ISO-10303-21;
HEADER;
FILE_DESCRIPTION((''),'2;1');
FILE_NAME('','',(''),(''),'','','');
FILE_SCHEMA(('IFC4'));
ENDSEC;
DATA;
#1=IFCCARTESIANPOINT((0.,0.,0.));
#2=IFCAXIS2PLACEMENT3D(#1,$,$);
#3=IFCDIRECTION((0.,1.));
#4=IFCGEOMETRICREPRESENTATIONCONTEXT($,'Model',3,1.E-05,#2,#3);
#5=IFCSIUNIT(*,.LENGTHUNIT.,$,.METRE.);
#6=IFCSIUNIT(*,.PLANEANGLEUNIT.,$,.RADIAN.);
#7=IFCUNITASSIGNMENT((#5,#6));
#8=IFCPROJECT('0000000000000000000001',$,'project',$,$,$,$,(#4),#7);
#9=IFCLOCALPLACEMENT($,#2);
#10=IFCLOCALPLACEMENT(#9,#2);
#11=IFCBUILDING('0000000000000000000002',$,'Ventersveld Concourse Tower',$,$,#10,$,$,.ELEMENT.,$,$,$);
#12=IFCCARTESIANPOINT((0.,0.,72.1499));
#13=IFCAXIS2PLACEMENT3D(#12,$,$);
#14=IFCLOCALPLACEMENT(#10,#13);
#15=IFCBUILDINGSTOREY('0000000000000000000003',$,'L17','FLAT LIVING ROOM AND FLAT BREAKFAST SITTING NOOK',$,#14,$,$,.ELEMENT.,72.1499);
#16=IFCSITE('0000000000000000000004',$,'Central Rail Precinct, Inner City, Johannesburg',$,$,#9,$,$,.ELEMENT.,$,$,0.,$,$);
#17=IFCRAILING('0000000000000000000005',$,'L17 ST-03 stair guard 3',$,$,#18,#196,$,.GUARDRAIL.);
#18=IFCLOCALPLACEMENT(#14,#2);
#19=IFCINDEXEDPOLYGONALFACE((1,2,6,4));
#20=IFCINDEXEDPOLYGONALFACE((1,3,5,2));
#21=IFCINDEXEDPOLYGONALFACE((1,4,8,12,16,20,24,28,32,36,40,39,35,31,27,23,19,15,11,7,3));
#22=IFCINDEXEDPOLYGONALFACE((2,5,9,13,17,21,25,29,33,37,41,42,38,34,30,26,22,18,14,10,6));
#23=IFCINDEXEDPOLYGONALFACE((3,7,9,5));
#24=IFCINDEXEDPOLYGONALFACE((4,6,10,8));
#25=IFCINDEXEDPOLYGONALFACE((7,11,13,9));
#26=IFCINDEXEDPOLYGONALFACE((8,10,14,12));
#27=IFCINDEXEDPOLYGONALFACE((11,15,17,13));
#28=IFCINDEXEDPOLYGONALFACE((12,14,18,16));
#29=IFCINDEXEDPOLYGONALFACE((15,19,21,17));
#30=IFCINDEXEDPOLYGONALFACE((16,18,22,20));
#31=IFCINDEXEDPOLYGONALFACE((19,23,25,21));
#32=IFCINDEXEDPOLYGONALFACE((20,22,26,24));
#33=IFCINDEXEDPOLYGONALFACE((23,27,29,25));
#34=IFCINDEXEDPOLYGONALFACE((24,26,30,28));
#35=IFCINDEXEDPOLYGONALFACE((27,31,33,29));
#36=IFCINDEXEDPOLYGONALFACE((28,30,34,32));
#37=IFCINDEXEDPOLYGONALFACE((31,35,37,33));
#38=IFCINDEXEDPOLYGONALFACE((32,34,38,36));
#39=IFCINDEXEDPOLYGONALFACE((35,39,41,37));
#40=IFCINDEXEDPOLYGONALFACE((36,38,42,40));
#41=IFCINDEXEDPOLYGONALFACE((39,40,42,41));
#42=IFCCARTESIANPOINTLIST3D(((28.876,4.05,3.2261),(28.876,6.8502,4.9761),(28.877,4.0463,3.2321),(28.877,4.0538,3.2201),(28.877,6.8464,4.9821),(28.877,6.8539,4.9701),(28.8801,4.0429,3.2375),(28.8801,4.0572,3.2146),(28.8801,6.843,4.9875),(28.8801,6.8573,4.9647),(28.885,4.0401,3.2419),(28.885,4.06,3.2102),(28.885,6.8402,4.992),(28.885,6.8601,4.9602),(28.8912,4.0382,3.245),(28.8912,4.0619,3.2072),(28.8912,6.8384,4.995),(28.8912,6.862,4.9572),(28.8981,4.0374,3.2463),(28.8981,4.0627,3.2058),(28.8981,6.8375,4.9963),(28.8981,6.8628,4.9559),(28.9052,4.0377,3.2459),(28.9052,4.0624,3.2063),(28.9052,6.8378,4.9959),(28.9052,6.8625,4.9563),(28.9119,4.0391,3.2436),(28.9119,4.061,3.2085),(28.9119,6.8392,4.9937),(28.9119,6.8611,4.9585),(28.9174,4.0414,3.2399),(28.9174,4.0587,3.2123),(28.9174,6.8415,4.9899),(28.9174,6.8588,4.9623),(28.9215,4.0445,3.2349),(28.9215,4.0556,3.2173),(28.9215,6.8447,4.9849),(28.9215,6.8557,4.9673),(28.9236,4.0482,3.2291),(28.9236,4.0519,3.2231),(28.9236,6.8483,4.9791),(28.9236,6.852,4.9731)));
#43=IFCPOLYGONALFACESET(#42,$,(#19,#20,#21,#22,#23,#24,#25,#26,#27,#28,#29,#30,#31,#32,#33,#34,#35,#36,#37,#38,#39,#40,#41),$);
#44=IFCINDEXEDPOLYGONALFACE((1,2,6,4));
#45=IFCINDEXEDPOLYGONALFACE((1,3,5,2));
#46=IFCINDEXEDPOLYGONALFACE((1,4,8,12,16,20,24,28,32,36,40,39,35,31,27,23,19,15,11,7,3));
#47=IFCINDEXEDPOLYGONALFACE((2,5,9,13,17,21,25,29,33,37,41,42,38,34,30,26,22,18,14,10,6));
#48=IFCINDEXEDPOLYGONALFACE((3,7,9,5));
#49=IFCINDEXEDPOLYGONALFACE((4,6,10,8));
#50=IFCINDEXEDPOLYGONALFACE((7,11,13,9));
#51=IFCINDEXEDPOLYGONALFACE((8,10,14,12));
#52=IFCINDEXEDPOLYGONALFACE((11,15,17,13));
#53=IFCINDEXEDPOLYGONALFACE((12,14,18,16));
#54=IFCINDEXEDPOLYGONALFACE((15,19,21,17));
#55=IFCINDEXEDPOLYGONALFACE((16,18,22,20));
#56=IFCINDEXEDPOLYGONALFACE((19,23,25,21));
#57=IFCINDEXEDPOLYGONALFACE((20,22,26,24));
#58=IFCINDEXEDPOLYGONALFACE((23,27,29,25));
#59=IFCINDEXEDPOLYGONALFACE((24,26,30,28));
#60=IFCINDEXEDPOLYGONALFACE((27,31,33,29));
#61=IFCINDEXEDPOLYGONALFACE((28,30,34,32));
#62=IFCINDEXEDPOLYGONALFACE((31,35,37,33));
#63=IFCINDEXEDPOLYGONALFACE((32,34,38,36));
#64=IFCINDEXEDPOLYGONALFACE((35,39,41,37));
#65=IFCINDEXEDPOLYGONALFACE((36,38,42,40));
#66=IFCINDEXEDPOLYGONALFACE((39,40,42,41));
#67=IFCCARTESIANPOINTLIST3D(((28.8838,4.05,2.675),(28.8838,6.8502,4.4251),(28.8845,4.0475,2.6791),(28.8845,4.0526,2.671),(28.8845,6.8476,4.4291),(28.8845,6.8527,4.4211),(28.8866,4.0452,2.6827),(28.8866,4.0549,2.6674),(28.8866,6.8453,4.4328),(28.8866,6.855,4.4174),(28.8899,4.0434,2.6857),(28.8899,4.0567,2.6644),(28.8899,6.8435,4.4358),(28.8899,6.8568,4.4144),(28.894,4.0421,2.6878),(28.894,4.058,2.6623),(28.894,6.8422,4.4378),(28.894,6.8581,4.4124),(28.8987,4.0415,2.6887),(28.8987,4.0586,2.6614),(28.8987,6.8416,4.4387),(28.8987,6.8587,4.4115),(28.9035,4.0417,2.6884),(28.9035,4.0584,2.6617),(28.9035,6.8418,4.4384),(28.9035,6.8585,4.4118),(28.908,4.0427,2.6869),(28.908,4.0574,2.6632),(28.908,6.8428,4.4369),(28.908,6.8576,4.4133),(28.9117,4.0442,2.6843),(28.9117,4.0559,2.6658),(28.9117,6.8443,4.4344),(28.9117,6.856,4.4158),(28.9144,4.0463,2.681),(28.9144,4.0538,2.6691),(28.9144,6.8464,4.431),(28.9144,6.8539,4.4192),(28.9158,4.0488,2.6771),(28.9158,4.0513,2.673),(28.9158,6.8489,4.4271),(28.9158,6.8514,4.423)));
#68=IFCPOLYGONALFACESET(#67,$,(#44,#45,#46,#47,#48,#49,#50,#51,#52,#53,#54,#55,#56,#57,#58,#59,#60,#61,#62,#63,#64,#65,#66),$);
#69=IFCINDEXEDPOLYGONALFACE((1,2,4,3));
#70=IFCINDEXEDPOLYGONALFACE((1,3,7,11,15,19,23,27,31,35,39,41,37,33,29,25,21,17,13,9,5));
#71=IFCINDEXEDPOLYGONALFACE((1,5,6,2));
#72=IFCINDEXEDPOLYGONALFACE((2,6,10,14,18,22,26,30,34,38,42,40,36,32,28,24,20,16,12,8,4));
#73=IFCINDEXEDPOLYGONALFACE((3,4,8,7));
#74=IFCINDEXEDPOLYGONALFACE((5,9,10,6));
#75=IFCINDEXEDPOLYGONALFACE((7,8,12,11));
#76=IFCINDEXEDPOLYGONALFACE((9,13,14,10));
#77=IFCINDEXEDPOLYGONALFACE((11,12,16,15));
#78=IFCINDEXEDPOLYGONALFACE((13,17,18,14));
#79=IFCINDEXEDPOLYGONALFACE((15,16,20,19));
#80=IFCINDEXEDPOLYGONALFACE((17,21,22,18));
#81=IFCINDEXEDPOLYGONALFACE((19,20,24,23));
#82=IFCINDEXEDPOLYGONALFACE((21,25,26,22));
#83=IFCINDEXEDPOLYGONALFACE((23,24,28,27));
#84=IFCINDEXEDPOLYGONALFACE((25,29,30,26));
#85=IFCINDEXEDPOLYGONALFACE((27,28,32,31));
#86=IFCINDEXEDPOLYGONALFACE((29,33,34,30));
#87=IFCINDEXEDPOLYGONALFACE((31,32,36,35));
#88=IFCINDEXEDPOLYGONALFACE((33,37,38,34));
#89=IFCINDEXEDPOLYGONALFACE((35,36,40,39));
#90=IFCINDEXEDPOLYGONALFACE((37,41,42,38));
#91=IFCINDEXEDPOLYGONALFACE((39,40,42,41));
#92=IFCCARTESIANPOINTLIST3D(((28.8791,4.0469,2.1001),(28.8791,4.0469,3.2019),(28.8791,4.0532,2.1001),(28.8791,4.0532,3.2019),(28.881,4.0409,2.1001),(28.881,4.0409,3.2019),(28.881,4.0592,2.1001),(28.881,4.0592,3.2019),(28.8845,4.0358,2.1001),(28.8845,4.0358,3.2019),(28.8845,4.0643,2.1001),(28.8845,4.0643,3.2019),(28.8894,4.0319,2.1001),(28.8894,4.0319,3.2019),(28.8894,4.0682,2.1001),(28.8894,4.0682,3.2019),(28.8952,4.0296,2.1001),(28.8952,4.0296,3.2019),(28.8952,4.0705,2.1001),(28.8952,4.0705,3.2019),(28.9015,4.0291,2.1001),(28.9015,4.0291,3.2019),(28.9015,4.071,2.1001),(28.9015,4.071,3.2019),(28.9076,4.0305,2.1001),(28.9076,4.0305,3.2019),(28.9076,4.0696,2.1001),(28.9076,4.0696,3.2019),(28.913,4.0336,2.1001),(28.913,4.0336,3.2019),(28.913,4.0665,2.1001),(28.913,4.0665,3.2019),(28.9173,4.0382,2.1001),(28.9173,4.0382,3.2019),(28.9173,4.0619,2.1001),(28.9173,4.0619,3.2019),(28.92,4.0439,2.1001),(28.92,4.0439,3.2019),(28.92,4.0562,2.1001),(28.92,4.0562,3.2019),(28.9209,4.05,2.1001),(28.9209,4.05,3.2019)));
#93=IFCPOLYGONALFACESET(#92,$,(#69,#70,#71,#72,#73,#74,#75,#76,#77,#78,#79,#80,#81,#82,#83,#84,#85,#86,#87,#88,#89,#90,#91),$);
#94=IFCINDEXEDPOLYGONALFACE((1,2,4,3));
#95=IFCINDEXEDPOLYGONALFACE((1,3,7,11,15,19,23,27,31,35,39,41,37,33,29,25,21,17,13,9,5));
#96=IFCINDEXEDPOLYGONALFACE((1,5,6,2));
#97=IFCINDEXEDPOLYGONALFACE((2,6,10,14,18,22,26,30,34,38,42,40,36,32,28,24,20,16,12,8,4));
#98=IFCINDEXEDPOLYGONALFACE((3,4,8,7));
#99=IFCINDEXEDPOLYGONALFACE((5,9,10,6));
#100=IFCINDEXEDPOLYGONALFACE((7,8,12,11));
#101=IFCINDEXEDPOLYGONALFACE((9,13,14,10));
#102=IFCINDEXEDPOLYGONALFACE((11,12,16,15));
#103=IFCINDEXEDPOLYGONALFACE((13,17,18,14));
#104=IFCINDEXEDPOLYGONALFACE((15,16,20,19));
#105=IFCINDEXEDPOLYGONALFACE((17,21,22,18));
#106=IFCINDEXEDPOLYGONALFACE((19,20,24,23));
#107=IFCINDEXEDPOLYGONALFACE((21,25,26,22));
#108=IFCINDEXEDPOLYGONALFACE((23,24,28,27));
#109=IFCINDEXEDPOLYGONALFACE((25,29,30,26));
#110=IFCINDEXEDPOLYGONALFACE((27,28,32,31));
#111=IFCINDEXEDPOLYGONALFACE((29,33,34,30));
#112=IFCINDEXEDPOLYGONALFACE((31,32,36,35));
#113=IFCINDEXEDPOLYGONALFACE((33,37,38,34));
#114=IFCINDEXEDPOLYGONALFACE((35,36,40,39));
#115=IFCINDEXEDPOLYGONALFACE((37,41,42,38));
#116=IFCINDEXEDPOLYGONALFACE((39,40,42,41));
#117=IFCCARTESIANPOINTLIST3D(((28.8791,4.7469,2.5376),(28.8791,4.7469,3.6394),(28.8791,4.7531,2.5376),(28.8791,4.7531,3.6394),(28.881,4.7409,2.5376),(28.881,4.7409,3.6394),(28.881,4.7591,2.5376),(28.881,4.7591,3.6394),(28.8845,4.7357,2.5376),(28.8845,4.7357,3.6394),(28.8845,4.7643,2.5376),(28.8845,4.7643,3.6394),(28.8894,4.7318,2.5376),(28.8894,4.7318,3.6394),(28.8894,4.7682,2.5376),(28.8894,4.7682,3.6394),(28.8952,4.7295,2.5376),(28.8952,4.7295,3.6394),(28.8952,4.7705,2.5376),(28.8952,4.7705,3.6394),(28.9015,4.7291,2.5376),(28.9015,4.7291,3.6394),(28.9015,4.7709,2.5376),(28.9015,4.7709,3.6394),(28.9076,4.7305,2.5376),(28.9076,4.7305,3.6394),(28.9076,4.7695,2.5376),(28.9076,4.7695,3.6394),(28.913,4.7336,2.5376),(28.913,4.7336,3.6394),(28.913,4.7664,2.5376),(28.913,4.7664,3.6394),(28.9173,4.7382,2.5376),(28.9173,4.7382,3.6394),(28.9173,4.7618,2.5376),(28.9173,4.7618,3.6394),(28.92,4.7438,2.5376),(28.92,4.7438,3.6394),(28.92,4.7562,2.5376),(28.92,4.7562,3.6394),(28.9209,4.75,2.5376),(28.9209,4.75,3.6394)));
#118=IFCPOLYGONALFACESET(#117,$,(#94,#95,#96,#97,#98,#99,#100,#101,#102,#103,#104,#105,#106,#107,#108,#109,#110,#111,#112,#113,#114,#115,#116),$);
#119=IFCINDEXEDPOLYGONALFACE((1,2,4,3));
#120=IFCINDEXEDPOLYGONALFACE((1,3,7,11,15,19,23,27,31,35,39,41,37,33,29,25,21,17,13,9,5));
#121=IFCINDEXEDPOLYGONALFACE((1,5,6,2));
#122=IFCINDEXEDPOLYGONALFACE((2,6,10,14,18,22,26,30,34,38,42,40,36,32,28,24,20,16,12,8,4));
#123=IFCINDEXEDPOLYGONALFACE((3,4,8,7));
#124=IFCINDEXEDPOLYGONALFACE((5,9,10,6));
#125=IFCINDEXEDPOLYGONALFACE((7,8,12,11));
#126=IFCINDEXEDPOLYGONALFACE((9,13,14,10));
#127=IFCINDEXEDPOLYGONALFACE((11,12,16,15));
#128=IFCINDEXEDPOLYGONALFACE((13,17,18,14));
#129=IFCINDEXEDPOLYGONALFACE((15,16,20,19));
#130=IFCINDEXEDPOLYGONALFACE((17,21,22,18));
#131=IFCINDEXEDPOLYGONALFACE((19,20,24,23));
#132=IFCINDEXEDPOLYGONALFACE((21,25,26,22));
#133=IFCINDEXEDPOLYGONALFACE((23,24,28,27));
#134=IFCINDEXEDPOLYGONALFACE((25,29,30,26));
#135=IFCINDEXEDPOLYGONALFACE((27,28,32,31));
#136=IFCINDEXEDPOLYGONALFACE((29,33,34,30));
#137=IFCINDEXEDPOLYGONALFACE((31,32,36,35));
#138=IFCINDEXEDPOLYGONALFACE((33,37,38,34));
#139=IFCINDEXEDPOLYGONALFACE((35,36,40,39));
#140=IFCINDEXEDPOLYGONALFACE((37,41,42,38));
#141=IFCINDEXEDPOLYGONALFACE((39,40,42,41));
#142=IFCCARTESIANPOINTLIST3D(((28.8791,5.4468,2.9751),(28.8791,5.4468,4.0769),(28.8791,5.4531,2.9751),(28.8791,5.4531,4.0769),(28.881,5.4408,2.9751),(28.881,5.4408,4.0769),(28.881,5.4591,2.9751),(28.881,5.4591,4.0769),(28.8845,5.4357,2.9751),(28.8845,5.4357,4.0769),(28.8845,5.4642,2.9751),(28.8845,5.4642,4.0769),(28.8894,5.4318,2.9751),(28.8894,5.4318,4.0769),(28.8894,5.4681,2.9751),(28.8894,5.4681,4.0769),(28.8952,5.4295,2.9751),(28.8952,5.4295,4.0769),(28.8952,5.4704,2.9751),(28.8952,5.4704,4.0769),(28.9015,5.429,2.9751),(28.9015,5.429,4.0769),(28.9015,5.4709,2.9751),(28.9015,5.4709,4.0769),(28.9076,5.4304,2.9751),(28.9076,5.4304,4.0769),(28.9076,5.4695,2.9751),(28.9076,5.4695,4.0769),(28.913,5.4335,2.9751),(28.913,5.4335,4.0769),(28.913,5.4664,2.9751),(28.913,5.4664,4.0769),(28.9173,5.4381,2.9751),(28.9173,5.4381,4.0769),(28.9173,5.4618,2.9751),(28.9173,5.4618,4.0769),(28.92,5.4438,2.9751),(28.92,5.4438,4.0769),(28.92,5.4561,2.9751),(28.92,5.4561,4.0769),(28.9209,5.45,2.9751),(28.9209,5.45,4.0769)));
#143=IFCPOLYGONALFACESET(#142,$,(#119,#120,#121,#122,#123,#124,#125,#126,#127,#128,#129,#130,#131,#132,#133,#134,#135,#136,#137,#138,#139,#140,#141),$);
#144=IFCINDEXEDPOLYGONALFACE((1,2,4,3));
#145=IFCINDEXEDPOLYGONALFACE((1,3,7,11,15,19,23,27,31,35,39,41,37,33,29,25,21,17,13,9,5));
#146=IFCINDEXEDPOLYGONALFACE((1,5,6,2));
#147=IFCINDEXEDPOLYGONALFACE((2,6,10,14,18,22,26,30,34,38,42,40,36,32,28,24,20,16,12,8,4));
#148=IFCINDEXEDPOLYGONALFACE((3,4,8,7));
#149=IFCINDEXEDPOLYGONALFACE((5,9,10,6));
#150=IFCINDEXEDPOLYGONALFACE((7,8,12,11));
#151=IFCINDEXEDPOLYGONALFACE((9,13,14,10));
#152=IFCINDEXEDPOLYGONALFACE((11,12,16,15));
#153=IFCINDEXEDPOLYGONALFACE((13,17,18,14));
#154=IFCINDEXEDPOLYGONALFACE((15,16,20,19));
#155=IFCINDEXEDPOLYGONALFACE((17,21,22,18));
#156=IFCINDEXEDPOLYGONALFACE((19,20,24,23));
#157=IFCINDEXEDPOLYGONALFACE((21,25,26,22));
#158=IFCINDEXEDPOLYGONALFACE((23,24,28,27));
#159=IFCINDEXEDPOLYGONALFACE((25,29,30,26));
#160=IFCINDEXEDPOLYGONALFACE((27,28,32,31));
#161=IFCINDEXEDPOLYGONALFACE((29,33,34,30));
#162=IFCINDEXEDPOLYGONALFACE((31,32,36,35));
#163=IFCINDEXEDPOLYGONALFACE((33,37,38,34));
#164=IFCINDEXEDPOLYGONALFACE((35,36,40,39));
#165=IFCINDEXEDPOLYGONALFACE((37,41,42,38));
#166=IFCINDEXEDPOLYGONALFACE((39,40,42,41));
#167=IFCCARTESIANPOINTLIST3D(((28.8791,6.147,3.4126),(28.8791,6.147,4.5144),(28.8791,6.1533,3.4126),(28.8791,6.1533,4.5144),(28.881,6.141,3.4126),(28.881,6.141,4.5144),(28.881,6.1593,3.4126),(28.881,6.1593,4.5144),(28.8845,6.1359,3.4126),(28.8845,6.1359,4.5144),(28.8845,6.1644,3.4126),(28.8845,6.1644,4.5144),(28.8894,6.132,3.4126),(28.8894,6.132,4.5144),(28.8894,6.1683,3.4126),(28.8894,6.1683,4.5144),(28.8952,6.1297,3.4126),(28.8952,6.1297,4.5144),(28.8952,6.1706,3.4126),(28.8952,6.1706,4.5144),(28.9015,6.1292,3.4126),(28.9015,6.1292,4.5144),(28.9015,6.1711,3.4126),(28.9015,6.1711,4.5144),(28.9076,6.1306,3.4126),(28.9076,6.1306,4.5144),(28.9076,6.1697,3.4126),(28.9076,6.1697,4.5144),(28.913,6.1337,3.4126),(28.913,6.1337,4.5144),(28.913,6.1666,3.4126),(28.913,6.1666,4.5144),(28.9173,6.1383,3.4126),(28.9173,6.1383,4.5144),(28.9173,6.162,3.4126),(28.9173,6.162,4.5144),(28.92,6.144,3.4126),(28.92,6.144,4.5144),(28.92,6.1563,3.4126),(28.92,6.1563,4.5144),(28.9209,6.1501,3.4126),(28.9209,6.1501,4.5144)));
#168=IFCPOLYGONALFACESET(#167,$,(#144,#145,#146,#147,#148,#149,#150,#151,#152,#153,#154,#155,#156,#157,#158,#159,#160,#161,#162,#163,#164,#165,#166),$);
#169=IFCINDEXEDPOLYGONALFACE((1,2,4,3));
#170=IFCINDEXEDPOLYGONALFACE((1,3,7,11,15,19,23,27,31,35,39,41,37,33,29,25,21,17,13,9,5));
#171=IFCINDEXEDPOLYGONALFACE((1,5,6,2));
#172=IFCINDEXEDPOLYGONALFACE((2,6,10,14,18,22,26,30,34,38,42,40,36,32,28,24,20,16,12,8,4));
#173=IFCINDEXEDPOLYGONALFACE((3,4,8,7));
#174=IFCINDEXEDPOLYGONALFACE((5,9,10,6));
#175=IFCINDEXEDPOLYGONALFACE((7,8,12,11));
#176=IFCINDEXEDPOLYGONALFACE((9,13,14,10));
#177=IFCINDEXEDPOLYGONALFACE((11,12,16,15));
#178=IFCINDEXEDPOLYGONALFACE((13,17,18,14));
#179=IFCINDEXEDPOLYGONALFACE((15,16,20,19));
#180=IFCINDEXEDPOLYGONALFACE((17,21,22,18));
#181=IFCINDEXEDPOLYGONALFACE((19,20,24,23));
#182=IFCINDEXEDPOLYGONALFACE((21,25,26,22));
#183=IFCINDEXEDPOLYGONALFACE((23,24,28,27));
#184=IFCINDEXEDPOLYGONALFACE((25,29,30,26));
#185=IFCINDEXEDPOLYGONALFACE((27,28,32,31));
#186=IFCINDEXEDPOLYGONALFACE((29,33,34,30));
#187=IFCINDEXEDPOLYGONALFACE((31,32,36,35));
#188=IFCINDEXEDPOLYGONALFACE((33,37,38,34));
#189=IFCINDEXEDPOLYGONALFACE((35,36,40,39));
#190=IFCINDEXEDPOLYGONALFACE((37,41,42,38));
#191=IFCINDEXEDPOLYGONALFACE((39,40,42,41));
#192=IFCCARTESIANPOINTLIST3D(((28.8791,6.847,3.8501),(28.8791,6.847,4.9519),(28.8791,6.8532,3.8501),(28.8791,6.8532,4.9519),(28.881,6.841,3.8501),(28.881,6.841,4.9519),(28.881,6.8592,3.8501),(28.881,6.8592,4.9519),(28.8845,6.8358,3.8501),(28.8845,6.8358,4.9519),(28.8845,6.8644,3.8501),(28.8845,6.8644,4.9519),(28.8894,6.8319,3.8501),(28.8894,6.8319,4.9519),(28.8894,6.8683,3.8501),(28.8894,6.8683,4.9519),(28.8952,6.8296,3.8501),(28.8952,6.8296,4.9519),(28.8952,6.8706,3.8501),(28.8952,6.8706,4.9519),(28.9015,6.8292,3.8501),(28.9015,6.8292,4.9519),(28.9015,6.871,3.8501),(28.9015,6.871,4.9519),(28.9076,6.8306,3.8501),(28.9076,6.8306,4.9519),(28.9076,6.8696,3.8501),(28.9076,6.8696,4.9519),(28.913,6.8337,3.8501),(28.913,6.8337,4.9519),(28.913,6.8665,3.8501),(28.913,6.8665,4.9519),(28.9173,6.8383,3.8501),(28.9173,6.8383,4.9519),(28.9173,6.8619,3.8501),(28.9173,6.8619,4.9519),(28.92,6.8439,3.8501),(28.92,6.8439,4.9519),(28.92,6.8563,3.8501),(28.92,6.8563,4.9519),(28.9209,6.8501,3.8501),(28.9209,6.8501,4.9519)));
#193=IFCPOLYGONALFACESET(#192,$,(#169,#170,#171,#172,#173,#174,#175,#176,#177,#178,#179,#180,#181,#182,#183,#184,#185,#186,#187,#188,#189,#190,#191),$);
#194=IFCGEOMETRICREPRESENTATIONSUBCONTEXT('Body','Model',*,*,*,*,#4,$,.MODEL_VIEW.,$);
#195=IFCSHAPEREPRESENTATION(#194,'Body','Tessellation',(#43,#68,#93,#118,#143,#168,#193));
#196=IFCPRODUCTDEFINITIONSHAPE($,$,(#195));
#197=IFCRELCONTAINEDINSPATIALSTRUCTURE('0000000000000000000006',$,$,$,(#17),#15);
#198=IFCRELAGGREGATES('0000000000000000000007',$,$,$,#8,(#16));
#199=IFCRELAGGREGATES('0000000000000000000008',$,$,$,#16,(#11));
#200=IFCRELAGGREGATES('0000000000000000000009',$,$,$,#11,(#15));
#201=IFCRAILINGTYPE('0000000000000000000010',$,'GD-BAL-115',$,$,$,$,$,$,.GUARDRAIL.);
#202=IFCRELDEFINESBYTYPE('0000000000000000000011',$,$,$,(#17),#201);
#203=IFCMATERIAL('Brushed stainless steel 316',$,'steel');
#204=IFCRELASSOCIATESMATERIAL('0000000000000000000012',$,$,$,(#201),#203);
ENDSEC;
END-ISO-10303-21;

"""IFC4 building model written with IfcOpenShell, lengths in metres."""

from ifc_helpers import new_model, si_unit, direction, frame, origin, origin_2d, place, context, subcontext, project, spatial, circle, extrude, material, type_object, element, save


model = new_model("IFC4")

# Units and contexts
model_context = context("Model", 3, precision=1e-05, world=origin(), true_north=direction((0.0, 1.0)))
body_context = subcontext(model_context, "Body", "Model", "MODEL_VIEW")
ifc_project = project(units=[si_unit("LENGTHUNIT", "METRE"), si_unit("PLANEANGLEUNIT", "RADIAN")], contexts=[model_context])

# Site, building, storey
site_placement = place(None, origin())
site = spatial("IfcSite", under=ifc_project, at=site_placement, Name="Central Rail Precinct, Inner City, Johannesburg", CompositionType="ELEMENT", RefElevation=0.0)
building_placement = place(site_placement, origin())
building = spatial("IfcBuilding", under=site, at=building_placement, Name="Ventersveld Concourse Tower", CompositionType="ELEMENT")
storey_placement = place(building_placement, frame((0.0, 0.0, 72.1499)))
storey = spatial("IfcBuildingStorey", under=building, at=storey_placement, Name="L17", Description="FLAT LIVING ROOM AND FLAT BREAKFAST SITTING NOOK", CompositionType="ELEMENT", Elevation=72.1499)

# Railing
ifc_material_1 = material(Name="Brushed stainless steel 316", Category="steel")
railing_type_1 = type_object("IfcRailingType", Name="GD-BAL-115", PredefinedType="GUARDRAIL", material=ifc_material_1)
railing_1_placement = place(storey_placement, frame((28.8999, 4.05, 2.1001)))
element("IfcRailing", 1, at=railing_1_placement, inside=storey, type_object=railing_type_1, Name="L17 ST-03 stair guard 3", PredefinedType="GUARDRAIL", context=body_context, shape_type="SweptSolid", body=[
    extrude(circle(Radius=0.0239, at=origin_2d()), frame((0.0, 0.0, 1.126), z_axis=(0.0, 0.848002, 0.529992), x_axis=(-1.0, 0.0, 0.0)), (0.0, 0.0, 1.0), 3.302),
    extrude(circle(Radius=0.0161, at=origin_2d()), frame((0.0, 0.0, 0.575), z_axis=(0.0, 0.848002, 0.529992), x_axis=(-1.0, 0.0, 0.0)), (0.0, 0.0, 1.0), 3.302),
    extrude(circle(Radius=0.021, at=origin_2d()), origin(), (0.0, 0.0, 1.0), 1.1018),
    extrude(circle(Radius=0.021, at=origin_2d()), frame((0.0, 0.7, 0.4375)), (0.0, 0.0, 1.0), 1.1018),
    extrude(circle(Radius=0.021, at=origin_2d()), frame((0.0, 1.3999, 0.875)), (0.0, 0.0, 1.0), 1.1018),
    extrude(circle(Radius=0.021, at=origin_2d()), frame((0.0, 2.1001, 1.3125)), (0.0, 0.0, 1.0), 1.1018),
    extrude(circle(Radius=0.021, at=origin_2d()), frame((0.0, 2.8, 1.75)), (0.0, 0.0, 1.0), 1.1018),
])

save(model, "model.ifc")
